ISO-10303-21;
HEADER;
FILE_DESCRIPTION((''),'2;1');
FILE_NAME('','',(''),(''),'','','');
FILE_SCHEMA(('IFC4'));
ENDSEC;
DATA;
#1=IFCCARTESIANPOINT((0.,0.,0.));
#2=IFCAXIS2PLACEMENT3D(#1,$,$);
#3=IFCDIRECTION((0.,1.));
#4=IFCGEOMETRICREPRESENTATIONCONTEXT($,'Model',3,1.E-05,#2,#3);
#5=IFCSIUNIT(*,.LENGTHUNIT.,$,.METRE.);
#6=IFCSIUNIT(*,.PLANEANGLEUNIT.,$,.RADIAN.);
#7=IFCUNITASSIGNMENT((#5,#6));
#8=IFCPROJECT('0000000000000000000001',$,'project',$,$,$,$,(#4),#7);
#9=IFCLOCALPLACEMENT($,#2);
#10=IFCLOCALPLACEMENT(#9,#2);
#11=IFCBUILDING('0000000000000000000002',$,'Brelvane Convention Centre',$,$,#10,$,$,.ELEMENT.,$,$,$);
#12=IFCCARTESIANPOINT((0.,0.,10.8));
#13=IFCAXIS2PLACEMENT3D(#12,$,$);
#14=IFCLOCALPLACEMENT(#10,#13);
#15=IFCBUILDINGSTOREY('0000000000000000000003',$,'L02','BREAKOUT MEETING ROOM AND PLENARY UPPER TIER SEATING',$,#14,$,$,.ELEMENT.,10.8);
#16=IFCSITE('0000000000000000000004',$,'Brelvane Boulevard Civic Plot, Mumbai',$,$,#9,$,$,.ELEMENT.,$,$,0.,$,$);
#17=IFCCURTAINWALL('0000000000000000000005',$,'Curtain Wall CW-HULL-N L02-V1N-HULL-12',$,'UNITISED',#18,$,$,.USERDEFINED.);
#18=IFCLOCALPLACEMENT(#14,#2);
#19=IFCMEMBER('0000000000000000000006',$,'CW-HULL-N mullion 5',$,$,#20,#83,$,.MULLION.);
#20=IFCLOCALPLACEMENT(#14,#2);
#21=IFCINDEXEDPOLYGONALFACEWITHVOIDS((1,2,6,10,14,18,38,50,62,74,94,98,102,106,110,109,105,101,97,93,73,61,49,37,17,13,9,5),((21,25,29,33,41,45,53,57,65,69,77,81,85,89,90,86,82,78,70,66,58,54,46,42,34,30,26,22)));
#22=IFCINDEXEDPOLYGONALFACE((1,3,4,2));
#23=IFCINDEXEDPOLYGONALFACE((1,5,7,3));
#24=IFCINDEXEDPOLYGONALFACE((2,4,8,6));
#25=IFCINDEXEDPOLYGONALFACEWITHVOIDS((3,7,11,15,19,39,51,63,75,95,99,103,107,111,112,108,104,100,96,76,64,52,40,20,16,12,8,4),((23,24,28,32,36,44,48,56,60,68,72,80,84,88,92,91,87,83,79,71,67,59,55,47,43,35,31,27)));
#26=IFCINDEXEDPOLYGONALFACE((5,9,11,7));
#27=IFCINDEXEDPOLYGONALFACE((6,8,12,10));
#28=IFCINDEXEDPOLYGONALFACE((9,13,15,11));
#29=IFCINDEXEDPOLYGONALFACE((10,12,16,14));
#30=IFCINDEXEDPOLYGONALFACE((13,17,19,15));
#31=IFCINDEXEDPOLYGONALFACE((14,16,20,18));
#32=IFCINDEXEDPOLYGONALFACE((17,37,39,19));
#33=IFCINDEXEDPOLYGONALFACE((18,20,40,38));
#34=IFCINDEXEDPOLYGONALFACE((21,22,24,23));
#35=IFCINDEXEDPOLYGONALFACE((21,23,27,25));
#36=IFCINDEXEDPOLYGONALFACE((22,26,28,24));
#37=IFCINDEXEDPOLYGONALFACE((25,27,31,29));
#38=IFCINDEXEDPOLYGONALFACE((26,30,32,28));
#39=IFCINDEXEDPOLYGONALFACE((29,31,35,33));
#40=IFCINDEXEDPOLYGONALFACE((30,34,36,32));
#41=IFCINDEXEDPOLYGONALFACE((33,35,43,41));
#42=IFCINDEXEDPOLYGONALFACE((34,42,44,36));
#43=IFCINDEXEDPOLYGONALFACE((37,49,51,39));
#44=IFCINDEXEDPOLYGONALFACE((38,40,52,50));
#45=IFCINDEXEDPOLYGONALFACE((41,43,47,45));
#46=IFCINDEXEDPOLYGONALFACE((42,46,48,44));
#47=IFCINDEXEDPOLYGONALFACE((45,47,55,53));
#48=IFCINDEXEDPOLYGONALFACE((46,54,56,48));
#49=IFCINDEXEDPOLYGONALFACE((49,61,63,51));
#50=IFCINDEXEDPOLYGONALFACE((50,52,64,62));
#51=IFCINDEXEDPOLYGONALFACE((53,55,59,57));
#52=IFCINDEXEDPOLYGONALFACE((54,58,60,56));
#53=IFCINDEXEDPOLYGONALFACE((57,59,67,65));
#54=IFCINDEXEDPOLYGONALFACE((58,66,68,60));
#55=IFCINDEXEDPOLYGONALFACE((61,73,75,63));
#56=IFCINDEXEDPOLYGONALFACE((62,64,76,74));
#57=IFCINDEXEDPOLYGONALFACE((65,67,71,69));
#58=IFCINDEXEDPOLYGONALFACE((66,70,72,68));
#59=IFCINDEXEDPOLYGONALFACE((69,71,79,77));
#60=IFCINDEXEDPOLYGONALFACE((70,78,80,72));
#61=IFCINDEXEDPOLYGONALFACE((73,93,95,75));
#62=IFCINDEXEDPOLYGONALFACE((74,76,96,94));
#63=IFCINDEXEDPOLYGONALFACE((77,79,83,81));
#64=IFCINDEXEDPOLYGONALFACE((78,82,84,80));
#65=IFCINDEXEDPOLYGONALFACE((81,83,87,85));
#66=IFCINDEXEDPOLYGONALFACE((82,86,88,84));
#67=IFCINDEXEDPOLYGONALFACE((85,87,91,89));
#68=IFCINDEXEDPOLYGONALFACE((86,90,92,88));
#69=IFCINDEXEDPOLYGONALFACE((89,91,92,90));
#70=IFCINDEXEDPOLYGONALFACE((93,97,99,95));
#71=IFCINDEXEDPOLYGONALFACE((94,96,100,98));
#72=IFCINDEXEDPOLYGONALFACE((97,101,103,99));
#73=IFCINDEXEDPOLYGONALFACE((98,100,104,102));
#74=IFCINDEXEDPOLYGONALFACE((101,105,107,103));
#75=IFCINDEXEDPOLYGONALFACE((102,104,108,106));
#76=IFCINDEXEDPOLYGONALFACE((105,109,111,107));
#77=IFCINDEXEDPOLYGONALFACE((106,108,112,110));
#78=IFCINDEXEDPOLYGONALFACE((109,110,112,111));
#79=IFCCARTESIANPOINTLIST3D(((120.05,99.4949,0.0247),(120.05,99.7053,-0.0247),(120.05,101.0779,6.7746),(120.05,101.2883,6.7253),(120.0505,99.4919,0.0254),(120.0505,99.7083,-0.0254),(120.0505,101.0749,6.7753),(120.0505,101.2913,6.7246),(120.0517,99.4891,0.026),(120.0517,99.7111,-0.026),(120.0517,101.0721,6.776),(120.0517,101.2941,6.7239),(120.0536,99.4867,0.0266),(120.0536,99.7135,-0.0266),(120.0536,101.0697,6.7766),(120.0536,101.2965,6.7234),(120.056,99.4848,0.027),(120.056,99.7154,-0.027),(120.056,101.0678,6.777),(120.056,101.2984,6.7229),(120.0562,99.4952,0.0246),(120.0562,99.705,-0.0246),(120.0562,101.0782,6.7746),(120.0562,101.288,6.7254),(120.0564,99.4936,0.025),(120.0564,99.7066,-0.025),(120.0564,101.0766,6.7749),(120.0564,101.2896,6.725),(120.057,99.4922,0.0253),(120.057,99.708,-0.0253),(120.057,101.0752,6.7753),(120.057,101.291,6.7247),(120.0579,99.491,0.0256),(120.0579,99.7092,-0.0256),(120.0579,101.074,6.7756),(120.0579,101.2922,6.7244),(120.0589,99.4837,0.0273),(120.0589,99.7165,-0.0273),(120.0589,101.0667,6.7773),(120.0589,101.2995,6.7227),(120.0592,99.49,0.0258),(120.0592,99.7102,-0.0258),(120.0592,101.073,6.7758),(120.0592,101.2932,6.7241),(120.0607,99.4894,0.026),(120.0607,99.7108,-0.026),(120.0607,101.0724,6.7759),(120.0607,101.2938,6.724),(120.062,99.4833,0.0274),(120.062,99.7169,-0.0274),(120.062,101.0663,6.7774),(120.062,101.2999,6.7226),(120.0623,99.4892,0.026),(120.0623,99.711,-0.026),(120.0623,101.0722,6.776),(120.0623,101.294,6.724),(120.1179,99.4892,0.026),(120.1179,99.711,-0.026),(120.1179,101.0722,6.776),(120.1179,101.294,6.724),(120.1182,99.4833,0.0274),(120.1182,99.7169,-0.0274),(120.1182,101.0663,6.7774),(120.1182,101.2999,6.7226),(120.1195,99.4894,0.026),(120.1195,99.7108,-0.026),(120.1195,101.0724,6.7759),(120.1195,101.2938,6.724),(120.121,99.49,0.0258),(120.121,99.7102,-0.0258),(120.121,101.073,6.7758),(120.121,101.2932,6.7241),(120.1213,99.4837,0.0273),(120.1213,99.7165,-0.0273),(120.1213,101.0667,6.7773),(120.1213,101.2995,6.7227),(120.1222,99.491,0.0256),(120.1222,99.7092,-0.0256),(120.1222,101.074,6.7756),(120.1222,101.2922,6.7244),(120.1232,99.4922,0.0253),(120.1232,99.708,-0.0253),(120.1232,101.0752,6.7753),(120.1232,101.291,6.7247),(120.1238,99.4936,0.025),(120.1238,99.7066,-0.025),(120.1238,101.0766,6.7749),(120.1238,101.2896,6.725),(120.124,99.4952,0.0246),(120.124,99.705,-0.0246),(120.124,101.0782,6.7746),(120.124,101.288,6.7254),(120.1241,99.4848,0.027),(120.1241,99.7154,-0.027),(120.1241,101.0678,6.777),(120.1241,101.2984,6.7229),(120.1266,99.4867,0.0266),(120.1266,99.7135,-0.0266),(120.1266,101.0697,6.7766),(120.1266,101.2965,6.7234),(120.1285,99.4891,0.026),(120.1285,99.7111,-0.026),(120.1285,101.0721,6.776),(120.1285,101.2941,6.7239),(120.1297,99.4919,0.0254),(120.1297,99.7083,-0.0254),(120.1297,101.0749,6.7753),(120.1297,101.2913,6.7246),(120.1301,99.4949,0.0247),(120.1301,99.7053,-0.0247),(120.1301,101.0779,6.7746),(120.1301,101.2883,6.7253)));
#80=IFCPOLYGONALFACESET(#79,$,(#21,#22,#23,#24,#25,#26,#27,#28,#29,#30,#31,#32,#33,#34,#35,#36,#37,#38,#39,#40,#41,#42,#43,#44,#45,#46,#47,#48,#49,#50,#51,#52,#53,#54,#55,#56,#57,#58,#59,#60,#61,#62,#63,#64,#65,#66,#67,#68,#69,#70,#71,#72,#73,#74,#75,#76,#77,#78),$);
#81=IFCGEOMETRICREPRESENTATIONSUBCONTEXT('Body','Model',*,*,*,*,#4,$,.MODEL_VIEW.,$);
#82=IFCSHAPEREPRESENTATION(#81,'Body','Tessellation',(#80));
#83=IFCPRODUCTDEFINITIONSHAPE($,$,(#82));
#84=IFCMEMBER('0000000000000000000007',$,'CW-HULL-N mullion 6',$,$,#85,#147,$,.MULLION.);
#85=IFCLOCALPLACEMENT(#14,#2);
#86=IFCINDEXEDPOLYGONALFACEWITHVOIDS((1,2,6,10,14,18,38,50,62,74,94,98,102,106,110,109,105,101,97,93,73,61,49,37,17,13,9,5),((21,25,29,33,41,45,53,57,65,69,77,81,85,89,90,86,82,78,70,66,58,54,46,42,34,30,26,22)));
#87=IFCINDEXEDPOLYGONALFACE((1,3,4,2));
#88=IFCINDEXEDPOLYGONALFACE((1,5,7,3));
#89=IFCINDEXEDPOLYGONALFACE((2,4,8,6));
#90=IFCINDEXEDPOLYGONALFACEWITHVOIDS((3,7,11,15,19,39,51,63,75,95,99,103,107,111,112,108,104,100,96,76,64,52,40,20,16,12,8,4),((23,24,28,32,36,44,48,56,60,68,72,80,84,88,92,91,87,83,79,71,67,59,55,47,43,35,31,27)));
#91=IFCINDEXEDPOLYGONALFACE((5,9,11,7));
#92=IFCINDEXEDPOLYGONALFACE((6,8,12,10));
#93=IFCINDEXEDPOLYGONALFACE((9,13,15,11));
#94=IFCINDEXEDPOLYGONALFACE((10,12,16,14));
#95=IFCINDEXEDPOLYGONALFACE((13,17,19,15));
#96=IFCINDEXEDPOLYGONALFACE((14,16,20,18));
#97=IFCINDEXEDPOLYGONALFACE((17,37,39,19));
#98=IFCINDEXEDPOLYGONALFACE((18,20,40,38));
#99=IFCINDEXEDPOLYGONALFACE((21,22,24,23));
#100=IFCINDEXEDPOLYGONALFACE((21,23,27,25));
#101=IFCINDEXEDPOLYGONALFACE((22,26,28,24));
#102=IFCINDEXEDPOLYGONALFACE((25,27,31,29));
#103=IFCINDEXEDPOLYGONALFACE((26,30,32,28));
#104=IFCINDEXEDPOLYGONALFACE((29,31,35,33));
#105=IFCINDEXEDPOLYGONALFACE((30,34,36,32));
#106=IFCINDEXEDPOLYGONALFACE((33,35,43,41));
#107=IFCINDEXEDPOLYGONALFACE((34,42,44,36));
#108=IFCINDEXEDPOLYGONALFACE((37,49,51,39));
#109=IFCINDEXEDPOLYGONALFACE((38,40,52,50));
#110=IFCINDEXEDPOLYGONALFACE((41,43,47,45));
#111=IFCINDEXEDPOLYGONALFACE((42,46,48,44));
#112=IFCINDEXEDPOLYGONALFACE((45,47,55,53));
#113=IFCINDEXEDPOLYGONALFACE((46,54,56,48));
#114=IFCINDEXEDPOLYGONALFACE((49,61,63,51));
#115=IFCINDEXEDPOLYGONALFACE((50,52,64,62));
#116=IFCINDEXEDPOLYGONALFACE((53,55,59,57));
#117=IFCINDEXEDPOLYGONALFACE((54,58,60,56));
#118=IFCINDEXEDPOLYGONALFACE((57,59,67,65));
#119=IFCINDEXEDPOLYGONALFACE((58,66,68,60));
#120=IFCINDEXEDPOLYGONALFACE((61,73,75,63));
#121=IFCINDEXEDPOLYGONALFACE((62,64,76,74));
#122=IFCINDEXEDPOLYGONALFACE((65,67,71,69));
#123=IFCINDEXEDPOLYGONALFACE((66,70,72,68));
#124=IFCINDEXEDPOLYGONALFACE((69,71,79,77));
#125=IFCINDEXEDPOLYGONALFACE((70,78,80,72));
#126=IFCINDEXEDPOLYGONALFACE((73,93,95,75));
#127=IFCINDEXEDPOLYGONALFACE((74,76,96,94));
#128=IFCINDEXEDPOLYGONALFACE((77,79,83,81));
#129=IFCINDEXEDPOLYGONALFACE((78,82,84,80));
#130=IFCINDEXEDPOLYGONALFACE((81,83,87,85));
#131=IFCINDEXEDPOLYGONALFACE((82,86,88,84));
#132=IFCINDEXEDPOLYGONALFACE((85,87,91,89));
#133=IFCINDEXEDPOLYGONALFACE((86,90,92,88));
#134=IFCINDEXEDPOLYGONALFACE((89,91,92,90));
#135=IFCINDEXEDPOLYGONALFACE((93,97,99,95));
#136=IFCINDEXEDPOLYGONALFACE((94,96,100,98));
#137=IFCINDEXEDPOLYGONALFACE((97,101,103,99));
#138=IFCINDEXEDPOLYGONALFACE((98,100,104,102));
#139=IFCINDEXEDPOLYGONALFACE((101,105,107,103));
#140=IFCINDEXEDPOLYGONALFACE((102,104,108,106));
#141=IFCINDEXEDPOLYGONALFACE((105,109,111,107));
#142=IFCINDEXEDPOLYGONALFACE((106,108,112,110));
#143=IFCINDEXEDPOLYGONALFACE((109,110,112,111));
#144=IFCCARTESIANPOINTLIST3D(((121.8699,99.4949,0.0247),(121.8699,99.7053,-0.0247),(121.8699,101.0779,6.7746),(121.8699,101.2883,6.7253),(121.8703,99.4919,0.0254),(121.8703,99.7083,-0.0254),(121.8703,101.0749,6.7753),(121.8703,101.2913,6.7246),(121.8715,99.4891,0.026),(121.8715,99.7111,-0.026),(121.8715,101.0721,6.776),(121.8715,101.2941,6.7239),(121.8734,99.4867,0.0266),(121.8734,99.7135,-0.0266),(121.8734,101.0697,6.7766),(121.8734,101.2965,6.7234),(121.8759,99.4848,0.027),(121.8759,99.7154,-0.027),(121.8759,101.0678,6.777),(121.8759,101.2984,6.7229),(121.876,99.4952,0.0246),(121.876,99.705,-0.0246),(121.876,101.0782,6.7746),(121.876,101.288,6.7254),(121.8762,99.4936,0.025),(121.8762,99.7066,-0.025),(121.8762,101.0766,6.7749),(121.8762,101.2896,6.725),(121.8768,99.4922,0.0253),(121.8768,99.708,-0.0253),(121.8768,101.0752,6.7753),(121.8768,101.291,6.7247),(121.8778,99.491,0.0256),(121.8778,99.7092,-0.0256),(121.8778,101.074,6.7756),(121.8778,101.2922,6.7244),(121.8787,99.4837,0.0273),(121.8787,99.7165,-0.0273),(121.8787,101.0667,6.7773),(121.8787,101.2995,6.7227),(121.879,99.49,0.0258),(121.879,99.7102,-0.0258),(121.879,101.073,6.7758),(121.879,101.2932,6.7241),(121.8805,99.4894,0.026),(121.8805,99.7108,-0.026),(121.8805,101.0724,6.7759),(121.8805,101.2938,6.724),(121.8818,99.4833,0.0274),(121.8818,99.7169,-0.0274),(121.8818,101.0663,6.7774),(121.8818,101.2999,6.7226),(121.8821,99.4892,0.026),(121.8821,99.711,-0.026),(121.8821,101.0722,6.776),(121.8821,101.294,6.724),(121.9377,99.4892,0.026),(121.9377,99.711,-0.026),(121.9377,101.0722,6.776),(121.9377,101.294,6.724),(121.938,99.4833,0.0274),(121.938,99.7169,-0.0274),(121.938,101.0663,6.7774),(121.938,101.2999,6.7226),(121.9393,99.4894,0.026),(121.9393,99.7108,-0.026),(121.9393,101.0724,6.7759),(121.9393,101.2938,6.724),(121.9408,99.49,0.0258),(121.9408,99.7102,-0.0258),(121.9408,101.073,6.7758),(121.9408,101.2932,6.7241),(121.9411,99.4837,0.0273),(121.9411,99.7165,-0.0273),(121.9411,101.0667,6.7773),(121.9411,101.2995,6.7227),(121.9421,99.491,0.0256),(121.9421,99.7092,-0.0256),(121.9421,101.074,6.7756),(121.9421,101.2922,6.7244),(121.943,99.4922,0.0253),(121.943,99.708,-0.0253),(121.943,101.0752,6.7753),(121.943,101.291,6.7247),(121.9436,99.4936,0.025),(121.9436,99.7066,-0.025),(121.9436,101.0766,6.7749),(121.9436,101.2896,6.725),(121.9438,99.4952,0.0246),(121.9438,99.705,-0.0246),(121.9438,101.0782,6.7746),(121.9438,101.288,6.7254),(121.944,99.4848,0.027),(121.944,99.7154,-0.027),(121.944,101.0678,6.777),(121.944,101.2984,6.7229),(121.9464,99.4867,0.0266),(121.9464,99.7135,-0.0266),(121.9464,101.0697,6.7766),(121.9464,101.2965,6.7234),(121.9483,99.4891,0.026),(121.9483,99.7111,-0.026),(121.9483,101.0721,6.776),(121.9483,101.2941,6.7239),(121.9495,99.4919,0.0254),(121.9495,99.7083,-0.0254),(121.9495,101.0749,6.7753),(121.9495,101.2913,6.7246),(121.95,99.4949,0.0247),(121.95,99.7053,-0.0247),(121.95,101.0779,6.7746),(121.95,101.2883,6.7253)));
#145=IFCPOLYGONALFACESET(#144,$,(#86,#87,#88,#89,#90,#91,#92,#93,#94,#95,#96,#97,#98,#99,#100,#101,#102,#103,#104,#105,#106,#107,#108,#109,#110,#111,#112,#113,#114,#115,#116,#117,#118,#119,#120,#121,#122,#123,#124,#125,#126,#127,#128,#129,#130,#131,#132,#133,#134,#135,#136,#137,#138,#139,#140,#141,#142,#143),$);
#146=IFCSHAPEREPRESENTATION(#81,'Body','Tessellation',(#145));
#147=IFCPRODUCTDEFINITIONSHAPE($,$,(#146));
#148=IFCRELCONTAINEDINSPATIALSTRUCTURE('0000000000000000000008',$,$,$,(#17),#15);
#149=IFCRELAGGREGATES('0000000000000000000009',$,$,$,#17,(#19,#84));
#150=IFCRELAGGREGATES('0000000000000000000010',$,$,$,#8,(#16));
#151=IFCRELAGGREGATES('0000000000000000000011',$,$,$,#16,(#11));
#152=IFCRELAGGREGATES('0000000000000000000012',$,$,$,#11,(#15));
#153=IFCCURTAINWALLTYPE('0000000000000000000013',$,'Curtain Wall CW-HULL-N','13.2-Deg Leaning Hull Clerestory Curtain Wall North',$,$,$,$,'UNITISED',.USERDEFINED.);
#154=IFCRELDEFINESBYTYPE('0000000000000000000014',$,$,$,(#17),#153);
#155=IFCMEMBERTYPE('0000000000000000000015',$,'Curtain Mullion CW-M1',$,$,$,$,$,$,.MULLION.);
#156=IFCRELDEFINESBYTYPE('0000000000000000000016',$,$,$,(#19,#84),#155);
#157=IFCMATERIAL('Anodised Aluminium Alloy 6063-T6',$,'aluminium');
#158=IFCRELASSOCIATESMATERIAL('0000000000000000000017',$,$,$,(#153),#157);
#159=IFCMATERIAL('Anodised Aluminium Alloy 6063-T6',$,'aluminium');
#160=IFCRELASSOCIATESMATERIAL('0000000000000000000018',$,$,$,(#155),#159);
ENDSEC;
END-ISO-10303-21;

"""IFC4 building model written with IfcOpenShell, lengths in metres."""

from ifc_helpers import new_model, si_unit, direction, frame, origin, origin_2d, place, context, subcontext, project, spatial, hollow_rectangle, extrude, material, material_profile, profile_set, type_object, element, aggregate, save


model = new_model("IFC4")

# Units and contexts
model_context = context("Model", 3, precision=1e-05, world=origin(), true_north=direction((0.0, 1.0)))
body_context = subcontext(model_context, "Body", "Model", "MODEL_VIEW")
ifc_project = project(units=[si_unit("LENGTHUNIT", "METRE"), si_unit("PLANEANGLEUNIT", "RADIAN")], contexts=[model_context])

# Site, building, storey
site_placement = place(None, origin())
site = spatial("IfcSite", under=ifc_project, at=site_placement, Name="Brelvane Boulevard Civic Plot, Mumbai", CompositionType="ELEMENT", RefElevation=0.0)
building_placement = place(site_placement, origin())
building = spatial("IfcBuilding", under=site, at=building_placement, Name="Brelvane Convention Centre", CompositionType="ELEMENT")
storey_placement = place(building_placement, frame((0.0, 0.0, 10.8)))
storey = spatial("IfcBuildingStorey", under=building, at=storey_placement, Name="L02", Description="BREAKOUT MEETING ROOM AND PLENARY UPPER TIER SEATING", CompositionType="ELEMENT", Elevation=10.8)

# Curtain wall, members
ifc_material_1 = material(Name="Anodised Aluminium Alloy 6063-T6", Category="aluminium")
curtain_wall_type = type_object("IfcCurtainWallType", Name="Curtain Wall CW-HULL-N", Description="13.2-Deg Leaning Hull Clerestory Curtain Wall North", ElementType="UNITISED", PredefinedType="USERDEFINED", material=ifc_material_1)
curtain_wall_1_placement = place(storey_placement, origin())
curtain_wall_1 = element("IfcCurtainWall", 1, at=curtain_wall_1_placement, inside=storey, type_object=curtain_wall_type, Name="Curtain Wall CW-HULL-N L02-V1N-HULL-12", ObjectType="UNITISED", PredefinedType="USERDEFINED")
ifc_material_2 = material(Name="Anodised Aluminium Alloy 6063-T6", Category="aluminium")
ifc_material_profile_1 = material_profile(ifc_material_2, hollow_rectangle(XDim=0.0801, YDim=0.24, WallThickness=0.0061, InnerFilletRadius=0.0061, OuterFilletRadius=0.012, at=origin_2d()), Name="ALU-M 240x80x6.0")
ifc_profile_set_1 = profile_set([ifc_material_profile_1], Name="Anodised Aluminium Alloy 6063-T6")
member_type_1 = type_object("IfcMemberType", Name="Curtain Mullion CW-M1", PredefinedType="MULLION", material=ifc_profile_set_1)
member_1_placement = place(storey_placement, frame((120.0901, 99.6001, 0.0), z_axis=(0.0, 0.228325, 0.973585), x_axis=(-1.0, 0.0, 0.0)))
member_1 = element("IfcMember", 2, at=member_1_placement, type_object=member_type_1, Name="CW-HULL-N mullion 5", PredefinedType="MULLION", context=body_context, shape_type="SweptSolid", body=[
    extrude(hollow_rectangle(XDim=0.0801, YDim=0.24, WallThickness=0.0061, InnerFilletRadius=0.0061, OuterFilletRadius=0.012, at=origin_2d()), origin(), (0.0, 0.0, 1.0), 6.9331),
])
member_2_placement = place(storey_placement, frame((121.9099, 99.6001, 0.0), z_axis=(0.0, 0.228325, 0.973585), x_axis=(-1.0, 0.0, 0.0)))
member_2 = element("IfcMember", 3, at=member_2_placement, type_object=member_type_1, Name="CW-HULL-N mullion 6", PredefinedType="MULLION", context=body_context, shape_type="SweptSolid", body=[
    extrude(hollow_rectangle(XDim=0.0801, YDim=0.24, WallThickness=0.0061, InnerFilletRadius=0.0061, OuterFilletRadius=0.012, at=origin_2d()), origin(), (0.0, 0.0, 1.0), 6.9331),
])

aggregate(curtain_wall_1, [member_1, member_2])

save(model, "model.ifc")
